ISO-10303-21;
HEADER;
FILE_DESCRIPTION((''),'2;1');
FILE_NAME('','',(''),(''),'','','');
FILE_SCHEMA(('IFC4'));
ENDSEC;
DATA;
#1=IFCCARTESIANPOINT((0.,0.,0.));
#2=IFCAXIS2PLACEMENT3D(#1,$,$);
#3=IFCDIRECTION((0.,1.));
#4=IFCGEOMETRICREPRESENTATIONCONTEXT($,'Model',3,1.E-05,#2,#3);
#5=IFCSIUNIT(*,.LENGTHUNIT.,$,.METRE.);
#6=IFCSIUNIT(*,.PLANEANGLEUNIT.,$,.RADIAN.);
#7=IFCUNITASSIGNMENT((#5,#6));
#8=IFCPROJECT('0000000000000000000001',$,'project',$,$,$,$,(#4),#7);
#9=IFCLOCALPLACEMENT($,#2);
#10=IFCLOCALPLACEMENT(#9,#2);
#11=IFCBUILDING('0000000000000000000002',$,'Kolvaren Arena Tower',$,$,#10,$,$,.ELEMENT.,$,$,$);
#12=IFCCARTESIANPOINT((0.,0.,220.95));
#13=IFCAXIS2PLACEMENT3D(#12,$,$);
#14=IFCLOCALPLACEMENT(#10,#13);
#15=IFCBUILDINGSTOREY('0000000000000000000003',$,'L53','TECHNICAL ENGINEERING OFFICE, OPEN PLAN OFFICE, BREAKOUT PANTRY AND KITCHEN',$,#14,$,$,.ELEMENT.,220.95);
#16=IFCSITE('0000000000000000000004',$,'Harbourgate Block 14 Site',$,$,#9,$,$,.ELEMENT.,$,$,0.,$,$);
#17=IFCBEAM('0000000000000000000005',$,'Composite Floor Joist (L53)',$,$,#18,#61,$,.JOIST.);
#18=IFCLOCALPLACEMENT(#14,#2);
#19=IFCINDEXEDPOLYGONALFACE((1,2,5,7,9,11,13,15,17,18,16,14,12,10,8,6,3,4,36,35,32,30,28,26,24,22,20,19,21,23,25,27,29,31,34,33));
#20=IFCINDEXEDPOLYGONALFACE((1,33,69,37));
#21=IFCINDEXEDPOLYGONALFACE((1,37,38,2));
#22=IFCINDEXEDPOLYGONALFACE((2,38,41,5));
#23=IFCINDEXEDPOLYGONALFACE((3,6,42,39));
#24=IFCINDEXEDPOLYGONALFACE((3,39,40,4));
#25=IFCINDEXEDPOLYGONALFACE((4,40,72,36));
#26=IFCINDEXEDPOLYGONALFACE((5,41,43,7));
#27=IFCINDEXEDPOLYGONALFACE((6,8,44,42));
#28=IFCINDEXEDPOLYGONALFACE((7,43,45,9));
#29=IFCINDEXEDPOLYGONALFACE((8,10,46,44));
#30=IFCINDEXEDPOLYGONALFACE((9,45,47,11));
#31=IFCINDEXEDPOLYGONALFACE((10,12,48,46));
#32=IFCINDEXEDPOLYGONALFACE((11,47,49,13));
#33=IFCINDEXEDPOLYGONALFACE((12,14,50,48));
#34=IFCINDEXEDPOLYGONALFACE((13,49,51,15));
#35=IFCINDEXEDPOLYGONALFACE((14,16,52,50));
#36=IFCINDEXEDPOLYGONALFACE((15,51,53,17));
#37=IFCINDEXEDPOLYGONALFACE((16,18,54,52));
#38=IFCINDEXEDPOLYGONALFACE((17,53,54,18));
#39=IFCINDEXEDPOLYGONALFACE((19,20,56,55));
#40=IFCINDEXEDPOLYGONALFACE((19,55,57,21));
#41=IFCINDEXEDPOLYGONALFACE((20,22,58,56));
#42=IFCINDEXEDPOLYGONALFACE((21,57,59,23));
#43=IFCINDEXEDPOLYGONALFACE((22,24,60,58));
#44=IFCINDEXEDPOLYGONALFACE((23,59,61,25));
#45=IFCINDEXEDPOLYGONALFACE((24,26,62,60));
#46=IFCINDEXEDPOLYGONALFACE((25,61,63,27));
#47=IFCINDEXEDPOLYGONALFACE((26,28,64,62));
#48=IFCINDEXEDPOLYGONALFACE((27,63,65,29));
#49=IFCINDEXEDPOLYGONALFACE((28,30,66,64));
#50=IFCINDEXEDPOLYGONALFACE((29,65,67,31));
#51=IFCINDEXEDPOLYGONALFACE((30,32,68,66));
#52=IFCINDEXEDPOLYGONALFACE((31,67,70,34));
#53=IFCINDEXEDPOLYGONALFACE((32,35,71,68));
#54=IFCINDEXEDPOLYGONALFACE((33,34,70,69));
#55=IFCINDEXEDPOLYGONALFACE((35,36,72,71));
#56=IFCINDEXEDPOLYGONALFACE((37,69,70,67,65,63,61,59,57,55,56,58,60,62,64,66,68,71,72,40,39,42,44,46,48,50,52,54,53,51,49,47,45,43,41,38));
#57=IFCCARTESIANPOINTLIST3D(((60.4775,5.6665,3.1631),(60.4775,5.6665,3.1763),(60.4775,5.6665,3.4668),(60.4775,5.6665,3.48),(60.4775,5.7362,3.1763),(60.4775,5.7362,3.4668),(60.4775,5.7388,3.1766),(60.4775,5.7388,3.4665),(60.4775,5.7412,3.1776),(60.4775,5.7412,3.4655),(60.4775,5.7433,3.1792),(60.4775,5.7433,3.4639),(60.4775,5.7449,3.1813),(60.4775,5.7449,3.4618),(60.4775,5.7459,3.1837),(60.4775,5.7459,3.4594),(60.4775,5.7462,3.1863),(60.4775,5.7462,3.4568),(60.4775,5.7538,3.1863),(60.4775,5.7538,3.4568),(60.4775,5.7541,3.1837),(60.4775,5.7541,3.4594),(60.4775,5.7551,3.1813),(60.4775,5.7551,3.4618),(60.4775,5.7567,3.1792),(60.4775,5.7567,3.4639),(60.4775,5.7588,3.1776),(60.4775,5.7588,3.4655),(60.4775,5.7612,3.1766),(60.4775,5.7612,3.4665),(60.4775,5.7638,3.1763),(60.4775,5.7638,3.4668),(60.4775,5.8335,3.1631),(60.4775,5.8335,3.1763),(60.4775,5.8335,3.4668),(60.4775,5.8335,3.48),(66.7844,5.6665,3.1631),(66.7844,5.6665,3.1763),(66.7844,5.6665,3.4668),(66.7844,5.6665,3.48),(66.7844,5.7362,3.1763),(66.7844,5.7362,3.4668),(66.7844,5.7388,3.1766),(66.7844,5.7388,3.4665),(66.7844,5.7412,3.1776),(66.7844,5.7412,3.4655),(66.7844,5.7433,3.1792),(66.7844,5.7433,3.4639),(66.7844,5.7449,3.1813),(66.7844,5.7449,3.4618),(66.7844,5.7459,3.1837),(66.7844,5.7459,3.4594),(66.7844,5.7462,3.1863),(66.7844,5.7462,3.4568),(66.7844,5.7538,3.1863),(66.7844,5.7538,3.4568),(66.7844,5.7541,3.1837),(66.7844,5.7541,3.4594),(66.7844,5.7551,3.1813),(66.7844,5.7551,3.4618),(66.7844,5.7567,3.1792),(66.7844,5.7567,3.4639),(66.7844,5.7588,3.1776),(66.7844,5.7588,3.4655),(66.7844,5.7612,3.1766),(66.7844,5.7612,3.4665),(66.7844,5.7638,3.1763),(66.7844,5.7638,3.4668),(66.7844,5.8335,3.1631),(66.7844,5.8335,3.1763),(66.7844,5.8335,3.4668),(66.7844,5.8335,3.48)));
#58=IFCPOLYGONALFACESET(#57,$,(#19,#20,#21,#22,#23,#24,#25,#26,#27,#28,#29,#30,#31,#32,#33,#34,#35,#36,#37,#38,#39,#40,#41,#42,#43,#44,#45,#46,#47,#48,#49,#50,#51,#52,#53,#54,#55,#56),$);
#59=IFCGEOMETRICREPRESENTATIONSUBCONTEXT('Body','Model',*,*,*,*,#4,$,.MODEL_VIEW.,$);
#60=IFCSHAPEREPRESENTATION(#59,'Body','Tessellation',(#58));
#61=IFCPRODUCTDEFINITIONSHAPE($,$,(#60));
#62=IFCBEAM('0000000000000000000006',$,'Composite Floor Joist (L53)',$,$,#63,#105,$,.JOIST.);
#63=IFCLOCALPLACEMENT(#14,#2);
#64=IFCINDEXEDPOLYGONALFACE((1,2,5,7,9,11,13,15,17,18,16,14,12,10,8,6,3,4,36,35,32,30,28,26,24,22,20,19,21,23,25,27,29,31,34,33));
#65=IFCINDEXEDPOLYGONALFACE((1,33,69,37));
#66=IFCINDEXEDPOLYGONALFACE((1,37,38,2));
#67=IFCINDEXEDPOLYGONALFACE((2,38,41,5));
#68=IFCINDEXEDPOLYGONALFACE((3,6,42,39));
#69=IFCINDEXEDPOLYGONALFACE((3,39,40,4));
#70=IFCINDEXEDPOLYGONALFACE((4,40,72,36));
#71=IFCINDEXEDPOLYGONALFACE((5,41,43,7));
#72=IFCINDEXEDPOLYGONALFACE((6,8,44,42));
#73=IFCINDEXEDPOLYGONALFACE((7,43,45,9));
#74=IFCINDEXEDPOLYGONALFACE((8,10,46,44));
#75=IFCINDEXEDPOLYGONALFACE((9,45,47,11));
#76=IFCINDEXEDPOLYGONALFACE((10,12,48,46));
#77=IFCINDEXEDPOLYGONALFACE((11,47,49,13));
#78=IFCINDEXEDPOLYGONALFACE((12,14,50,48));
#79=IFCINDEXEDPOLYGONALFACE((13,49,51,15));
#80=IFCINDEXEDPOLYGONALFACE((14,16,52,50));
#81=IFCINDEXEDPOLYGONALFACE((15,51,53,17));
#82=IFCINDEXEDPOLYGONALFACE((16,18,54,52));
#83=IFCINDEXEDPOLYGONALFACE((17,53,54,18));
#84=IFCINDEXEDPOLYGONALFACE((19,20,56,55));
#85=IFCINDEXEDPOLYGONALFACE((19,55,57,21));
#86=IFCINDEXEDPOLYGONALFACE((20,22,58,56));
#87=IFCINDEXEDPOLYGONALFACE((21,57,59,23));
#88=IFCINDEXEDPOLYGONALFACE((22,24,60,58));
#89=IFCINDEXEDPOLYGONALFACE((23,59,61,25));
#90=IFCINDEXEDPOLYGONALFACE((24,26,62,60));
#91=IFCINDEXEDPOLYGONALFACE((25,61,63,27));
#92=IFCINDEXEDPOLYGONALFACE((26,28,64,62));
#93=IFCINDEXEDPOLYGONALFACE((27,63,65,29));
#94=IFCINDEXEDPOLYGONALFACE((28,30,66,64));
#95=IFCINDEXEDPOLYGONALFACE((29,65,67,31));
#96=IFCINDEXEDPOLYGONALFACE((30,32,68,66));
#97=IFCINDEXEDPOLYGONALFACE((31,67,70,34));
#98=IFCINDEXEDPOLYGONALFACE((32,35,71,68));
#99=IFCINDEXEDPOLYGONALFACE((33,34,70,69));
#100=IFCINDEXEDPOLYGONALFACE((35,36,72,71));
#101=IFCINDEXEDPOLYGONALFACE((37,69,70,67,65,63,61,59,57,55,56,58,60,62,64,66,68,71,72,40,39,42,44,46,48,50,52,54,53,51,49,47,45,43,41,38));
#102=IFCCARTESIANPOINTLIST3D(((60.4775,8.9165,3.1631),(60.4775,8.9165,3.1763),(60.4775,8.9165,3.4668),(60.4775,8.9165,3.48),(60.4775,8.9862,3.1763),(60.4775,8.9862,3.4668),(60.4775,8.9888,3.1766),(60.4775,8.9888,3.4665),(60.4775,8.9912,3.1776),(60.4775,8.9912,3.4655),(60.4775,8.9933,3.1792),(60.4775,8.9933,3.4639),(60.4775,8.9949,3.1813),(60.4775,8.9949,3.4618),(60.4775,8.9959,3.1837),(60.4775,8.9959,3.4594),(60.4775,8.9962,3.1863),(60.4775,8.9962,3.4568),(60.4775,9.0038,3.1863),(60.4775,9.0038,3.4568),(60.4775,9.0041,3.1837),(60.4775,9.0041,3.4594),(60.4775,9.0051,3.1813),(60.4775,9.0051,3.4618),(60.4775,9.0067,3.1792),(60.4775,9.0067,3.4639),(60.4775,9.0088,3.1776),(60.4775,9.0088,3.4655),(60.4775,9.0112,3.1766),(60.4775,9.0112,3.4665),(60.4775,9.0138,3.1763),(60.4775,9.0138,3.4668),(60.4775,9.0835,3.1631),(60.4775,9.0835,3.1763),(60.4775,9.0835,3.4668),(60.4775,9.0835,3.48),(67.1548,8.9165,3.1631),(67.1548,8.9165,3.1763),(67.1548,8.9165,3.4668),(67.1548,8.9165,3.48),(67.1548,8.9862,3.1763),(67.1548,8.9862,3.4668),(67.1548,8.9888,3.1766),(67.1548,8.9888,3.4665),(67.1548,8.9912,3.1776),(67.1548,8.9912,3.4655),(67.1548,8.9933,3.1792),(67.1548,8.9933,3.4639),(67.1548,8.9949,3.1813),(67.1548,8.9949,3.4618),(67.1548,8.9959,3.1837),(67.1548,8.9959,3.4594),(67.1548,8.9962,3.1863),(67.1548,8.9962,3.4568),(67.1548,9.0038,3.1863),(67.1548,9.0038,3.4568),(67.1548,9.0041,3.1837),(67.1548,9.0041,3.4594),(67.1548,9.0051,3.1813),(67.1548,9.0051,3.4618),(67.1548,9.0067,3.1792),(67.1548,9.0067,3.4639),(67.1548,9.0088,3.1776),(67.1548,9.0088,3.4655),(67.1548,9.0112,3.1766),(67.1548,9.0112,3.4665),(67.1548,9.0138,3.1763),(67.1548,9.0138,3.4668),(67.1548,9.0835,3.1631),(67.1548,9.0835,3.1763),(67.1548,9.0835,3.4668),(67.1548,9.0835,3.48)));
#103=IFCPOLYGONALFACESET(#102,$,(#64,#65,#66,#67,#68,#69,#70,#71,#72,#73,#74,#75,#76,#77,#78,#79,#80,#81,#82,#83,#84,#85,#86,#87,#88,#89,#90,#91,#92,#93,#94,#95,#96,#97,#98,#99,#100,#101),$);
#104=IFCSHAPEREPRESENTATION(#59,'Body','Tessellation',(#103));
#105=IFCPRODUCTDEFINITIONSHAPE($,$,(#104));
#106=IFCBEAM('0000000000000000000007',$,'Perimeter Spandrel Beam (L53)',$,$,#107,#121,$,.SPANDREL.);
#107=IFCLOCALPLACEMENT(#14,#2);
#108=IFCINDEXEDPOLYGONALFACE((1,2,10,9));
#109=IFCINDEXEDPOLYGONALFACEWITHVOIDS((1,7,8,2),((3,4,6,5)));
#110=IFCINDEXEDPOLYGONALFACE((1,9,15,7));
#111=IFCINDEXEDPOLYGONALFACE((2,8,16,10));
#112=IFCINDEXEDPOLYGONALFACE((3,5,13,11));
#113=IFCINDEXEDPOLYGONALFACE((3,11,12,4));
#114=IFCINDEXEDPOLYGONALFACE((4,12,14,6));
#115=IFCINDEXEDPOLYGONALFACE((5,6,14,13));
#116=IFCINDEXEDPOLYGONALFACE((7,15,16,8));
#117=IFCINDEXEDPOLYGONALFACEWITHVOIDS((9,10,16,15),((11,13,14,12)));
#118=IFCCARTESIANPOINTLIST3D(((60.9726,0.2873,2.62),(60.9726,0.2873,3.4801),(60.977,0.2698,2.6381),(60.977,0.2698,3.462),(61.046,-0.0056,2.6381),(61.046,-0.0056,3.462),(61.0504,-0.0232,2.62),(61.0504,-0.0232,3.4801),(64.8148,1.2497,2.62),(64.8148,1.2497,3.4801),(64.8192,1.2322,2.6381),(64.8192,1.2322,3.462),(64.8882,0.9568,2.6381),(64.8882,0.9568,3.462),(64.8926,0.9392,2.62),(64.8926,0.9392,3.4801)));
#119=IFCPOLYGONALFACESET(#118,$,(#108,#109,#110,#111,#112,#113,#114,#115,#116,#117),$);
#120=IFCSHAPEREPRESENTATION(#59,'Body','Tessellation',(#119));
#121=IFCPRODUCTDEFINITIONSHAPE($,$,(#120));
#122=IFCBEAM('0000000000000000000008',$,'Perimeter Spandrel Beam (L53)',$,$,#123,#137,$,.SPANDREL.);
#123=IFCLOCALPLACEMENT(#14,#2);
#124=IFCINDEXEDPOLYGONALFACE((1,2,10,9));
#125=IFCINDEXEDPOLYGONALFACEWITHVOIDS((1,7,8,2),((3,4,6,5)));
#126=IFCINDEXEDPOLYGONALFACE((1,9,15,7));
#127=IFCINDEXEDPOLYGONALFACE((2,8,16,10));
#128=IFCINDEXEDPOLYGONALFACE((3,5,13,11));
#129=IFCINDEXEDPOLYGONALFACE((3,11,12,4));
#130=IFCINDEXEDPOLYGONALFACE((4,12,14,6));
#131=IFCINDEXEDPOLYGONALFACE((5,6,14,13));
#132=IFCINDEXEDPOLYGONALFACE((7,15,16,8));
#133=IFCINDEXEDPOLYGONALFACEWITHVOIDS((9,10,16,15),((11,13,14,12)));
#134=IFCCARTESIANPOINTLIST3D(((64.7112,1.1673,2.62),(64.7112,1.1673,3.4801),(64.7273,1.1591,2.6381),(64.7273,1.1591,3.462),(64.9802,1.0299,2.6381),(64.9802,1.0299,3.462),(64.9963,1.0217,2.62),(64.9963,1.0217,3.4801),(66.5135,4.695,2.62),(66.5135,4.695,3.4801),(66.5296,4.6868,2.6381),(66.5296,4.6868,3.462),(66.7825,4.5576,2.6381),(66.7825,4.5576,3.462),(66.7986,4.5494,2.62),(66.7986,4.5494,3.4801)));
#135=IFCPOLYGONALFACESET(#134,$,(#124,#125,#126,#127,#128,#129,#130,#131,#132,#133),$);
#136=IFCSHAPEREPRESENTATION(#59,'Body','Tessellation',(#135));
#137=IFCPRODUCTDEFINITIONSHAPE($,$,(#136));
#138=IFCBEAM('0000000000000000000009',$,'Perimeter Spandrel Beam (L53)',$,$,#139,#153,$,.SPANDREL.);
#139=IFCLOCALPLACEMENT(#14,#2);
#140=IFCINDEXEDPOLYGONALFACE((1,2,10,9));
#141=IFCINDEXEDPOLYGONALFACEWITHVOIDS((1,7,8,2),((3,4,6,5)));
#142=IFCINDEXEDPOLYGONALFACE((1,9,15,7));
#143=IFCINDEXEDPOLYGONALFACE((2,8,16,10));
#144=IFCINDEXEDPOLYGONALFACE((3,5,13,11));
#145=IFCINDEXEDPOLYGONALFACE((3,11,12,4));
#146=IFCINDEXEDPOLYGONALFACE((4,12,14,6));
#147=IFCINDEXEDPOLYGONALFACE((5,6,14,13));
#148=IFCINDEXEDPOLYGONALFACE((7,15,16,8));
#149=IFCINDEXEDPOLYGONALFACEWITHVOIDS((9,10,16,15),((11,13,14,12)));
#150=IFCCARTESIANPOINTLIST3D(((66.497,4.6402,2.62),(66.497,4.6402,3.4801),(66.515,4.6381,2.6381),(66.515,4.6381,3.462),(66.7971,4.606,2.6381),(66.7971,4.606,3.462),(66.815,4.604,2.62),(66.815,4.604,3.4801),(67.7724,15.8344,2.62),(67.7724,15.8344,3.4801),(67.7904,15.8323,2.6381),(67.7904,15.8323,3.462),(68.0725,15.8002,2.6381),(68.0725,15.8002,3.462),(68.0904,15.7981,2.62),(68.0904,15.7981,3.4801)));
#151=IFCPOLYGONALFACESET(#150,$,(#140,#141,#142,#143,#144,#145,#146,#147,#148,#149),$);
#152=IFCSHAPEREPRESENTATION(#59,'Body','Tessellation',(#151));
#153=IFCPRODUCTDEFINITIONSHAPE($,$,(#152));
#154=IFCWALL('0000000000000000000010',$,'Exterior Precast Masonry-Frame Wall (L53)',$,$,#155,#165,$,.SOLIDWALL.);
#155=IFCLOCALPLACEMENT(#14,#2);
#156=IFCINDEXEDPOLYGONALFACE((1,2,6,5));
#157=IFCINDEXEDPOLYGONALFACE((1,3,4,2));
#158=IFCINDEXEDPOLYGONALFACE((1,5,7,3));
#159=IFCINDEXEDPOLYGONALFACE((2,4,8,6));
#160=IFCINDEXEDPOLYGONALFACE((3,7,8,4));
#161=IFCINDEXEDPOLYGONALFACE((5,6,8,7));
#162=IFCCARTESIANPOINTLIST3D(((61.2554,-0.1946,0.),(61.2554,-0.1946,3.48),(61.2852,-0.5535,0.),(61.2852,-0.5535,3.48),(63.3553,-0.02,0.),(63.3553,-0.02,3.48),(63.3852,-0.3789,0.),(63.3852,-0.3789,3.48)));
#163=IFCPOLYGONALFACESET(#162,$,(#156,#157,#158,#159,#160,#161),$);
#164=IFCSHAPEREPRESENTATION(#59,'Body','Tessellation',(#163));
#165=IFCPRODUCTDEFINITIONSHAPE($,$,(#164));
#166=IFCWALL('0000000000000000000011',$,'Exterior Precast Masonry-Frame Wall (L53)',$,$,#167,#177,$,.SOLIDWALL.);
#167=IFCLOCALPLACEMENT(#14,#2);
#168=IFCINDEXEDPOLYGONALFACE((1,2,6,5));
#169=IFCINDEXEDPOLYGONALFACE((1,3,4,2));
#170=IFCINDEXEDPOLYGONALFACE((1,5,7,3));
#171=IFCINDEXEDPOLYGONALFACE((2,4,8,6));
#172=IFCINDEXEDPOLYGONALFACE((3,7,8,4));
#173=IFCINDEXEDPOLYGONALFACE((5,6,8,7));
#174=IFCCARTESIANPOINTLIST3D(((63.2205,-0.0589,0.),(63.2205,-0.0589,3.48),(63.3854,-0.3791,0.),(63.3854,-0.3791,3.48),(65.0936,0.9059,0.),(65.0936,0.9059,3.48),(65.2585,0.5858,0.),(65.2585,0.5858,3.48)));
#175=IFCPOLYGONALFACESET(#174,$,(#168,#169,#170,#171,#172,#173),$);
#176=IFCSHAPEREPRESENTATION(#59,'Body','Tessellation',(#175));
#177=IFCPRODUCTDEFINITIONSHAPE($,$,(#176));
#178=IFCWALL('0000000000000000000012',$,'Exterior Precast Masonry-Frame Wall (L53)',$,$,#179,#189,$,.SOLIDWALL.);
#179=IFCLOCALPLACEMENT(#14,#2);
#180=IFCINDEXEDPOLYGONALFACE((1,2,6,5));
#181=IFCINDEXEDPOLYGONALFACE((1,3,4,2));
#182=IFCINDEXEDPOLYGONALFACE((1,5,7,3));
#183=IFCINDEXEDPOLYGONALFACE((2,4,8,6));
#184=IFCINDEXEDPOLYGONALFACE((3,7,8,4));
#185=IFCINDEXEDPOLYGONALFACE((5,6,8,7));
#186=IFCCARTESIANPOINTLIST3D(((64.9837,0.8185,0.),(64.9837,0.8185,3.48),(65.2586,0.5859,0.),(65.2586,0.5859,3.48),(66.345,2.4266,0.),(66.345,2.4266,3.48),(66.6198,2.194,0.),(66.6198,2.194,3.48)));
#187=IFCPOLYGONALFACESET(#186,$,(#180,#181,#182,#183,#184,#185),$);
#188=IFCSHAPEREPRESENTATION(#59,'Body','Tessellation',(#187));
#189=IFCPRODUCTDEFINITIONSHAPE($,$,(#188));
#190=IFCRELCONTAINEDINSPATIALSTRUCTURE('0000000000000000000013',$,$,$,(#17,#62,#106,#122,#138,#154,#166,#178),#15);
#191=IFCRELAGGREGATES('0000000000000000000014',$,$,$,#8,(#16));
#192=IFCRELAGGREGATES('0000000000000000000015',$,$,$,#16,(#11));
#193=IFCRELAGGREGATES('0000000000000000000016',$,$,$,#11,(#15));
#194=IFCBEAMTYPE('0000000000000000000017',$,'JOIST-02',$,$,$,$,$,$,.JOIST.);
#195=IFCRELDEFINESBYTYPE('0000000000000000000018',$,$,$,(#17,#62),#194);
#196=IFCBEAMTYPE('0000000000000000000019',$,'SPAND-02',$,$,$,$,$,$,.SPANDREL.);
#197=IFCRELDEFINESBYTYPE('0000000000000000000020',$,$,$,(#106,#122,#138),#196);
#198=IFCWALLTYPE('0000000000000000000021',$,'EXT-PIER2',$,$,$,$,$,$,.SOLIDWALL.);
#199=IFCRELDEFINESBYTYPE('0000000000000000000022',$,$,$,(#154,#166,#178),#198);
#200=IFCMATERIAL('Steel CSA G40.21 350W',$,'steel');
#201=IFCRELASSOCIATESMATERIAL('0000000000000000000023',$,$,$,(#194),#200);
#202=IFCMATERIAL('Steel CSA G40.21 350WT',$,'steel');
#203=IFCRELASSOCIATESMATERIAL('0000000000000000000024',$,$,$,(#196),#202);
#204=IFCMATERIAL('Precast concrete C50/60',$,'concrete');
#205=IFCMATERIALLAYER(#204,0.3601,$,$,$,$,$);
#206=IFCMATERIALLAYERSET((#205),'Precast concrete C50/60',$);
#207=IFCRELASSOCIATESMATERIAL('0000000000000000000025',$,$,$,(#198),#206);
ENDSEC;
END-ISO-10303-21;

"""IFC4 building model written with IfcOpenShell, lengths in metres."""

from ifc_helpers import new_model, si_unit, direction, frame, frame_2d, origin, origin_2d, place, context, subcontext, project, spatial, rectangle, hollow_rectangle, i_section, extrude, material, layer, layer_set, material_profile, profile_set, type_object, element, save


model = new_model("IFC4")

# Units and contexts
model_context = context("Model", 3, precision=1e-05, world=origin(), true_north=direction((0.0, 1.0)))
body_context = subcontext(model_context, "Body", "Model", "MODEL_VIEW")
ifc_project = project(units=[si_unit("LENGTHUNIT", "METRE"), si_unit("PLANEANGLEUNIT", "RADIAN")], contexts=[model_context])

# Site, building, storey
site_placement = place(None, origin())
site = spatial("IfcSite", under=ifc_project, at=site_placement, Name="Harbourgate Block 14 Site", CompositionType="ELEMENT", RefElevation=0.0)
building_placement = place(site_placement, origin())
building = spatial("IfcBuilding", under=site, at=building_placement, Name="Kolvaren Arena Tower", CompositionType="ELEMENT")
storey_placement = place(building_placement, frame((0.0, 0.0, 220.95)))
storey = spatial("IfcBuildingStorey", under=building, at=storey_placement, Name="L53", Description="TECHNICAL ENGINEERING OFFICE, OPEN PLAN OFFICE, BREAKOUT PANTRY AND KITCHEN", CompositionType="ELEMENT", Elevation=220.95)

# Beams
ifc_material_1 = material(Name="Steel CSA G40.21 350W", Category="steel")
ifc_material_profile_1 = material_profile(ifc_material_1, i_section(OverallWidth=0.167, OverallDepth=0.3169, WebThickness=0.0076, FlangeThickness=0.0132, FilletRadius=0.01, at=origin_2d()), Name="W310x52")
ifc_profile_set_1 = profile_set([ifc_material_profile_1], Name="Steel CSA G40.21 350W")
beam_type_1 = type_object("IfcBeamType", Name="JOIST-02", PredefinedType="JOIST", material=ifc_profile_set_1)
beam_1_placement = place(storey_placement, frame((60.4775, 5.75, 3.3215), z_axis=(1.0, 0.0, 0.0), x_axis=(0.0, 1.0, 0.0)))
element("IfcBeam", 1, at=beam_1_placement, inside=storey, type_object=beam_type_1, Name="Composite Floor Joist (L53)", PredefinedType="JOIST", context=body_context, shape_type="SweptSolid", body=[
    extrude(i_section(OverallWidth=0.167, OverallDepth=0.3169, WebThickness=0.0076, FlangeThickness=0.0132, FilletRadius=0.01, at=origin_2d()), origin(), (0.0, 0.0, 1.0), 6.3069),
])
beam_2_placement = place(storey_placement, frame((60.4775, 9.0, 3.3215), z_axis=(1.0, 0.0, 0.0), x_axis=(0.0, 1.0, 0.0)))
element("IfcBeam", 2, at=beam_2_placement, inside=storey, type_object=beam_type_1, Name="Composite Floor Joist (L53)", PredefinedType="JOIST", context=body_context, shape_type="SweptSolid", body=[
    extrude(i_section(OverallWidth=0.167, OverallDepth=0.3169, WebThickness=0.0076, FlangeThickness=0.0132, FilletRadius=0.01, at=origin_2d()), origin(), (0.0, 0.0, 1.0), 6.6772),
])
ifc_material_2 = material(Name="Steel CSA G40.21 350WT", Category="steel")
ifc_material_profile_2 = material_profile(ifc_material_2, hollow_rectangle(XDim=0.3201, YDim=0.8601, WallThickness=0.0181, at=origin_2d()), Name="HSS 860x320x18")
ifc_profile_set_2 = profile_set([ifc_material_profile_2], Name="Steel CSA G40.21 350WT")
beam_type_2 = type_object("IfcBeamType", Name="SPAND-02", PredefinedType="SPANDREL", material=ifc_profile_set_2)
beam_3_placement = place(storey_placement, frame((61.0115, 0.1321, 3.05), z_axis=(0.970034, 0.242971, 0.0), x_axis=(-0.242971, 0.970034, 0.0)))
element("IfcBeam", 3, at=beam_3_placement, inside=storey, type_object=beam_type_2, Name="Perimeter Spandrel Beam (L53)", PredefinedType="SPANDREL", context=body_context, shape_type="SweptSolid", body=[
    extrude(hollow_rectangle(XDim=0.3201, YDim=0.8601, WallThickness=0.0181, at=origin_2d()), origin(), (0.0, 0.0, 1.0), 3.9609),
])
beam_4_placement = place(storey_placement, frame((64.8538, 1.0945, 3.05), z_axis=(0.454962, 0.890511, 0.0), x_axis=(-0.890511, 0.454962, 0.0)))
element("IfcBeam", 4, at=beam_4_placement, inside=storey, type_object=beam_type_2, Name="Perimeter Spandrel Beam (L53)", PredefinedType="SPANDREL", context=body_context, shape_type="SweptSolid", body=[
    extrude(hollow_rectangle(XDim=0.3201, YDim=0.8601, WallThickness=0.0181, at=origin_2d()), origin(), (0.0, 0.0, 1.0), 3.9614),
])
beam_5_placement = place(storey_placement, frame((66.656, 4.6221, 3.05), z_axis=(0.113202, 0.993572, 0.0), x_axis=(-0.993572, 0.113202, 0.0)))
element("IfcBeam", 5, at=beam_5_placement, inside=storey, type_object=beam_type_2, Name="Perimeter Spandrel Beam (L53)", PredefinedType="SPANDREL", context=body_context, shape_type="SweptSolid", body=[
    extrude(hollow_rectangle(XDim=0.3201, YDim=0.8601, WallThickness=0.0181, at=origin_2d()), origin(), (0.0, 0.0, 1.0), 11.2666),
])

# Walls
ifc_material_3 = material(Name="Precast concrete C50/60", Category="concrete")
ifc_layer_1 = layer(ifc_material_3, 0.3601)
ifc_layer_set_1 = layer_set([ifc_layer_1], Name="Precast concrete C50/60")
wall_type_1 = type_object("IfcWallType", Name="EXT-PIER2", PredefinedType="SOLIDWALL", material=ifc_layer_set_1)
wall_1_placement = place(storey_placement, frame((63.3704, -0.1995, 0.0), z_axis=(0.0, 0.0, 1.0), x_axis=(-0.996563, -0.082844, 0.0)))
element("IfcWall", 6, at=wall_1_placement, inside=storey, type_object=wall_type_1, Name="Exterior Precast Masonry-Frame Wall (L53)", PredefinedType="SOLIDWALL", context=body_context, shape_type="SweptSolid", body=[
    extrude(rectangle(XDim=2.1072, YDim=0.3601, at=frame_2d((1.0537, 0.0))), origin(), (0.0, 0.0, 1.0), 3.48),
])
for number, where, z_axis, x_axis, name in (
    (7, (65.176, 0.7458, 0.0), (0.0, 0.0, 1.0), (-0.888986, -0.457934, 0.0), "Exterior Precast Masonry-Frame Wall (L53)"),
    (8, (66.4824, 2.3103, 0.0), (0.0, 0.0, 1.0), (-0.646103, -0.76325, 0.0), "Exterior Precast Masonry-Frame Wall (L53)"),
):
    element("IfcWall", number, at=place(storey_placement, frame(where, z_axis=z_axis, x_axis=x_axis)), inside=storey, type_object=wall_type_1, Name=name, PredefinedType="SOLIDWALL", context=body_context, shape_type="SweptSolid", body=[
        extrude(rectangle(XDim=2.1069, YDim=0.3601, at=frame_2d((1.0535, 0.0))), origin(), (0.0, 0.0, 1.0), 3.48),
    ])

save(model, "model.ifc")
